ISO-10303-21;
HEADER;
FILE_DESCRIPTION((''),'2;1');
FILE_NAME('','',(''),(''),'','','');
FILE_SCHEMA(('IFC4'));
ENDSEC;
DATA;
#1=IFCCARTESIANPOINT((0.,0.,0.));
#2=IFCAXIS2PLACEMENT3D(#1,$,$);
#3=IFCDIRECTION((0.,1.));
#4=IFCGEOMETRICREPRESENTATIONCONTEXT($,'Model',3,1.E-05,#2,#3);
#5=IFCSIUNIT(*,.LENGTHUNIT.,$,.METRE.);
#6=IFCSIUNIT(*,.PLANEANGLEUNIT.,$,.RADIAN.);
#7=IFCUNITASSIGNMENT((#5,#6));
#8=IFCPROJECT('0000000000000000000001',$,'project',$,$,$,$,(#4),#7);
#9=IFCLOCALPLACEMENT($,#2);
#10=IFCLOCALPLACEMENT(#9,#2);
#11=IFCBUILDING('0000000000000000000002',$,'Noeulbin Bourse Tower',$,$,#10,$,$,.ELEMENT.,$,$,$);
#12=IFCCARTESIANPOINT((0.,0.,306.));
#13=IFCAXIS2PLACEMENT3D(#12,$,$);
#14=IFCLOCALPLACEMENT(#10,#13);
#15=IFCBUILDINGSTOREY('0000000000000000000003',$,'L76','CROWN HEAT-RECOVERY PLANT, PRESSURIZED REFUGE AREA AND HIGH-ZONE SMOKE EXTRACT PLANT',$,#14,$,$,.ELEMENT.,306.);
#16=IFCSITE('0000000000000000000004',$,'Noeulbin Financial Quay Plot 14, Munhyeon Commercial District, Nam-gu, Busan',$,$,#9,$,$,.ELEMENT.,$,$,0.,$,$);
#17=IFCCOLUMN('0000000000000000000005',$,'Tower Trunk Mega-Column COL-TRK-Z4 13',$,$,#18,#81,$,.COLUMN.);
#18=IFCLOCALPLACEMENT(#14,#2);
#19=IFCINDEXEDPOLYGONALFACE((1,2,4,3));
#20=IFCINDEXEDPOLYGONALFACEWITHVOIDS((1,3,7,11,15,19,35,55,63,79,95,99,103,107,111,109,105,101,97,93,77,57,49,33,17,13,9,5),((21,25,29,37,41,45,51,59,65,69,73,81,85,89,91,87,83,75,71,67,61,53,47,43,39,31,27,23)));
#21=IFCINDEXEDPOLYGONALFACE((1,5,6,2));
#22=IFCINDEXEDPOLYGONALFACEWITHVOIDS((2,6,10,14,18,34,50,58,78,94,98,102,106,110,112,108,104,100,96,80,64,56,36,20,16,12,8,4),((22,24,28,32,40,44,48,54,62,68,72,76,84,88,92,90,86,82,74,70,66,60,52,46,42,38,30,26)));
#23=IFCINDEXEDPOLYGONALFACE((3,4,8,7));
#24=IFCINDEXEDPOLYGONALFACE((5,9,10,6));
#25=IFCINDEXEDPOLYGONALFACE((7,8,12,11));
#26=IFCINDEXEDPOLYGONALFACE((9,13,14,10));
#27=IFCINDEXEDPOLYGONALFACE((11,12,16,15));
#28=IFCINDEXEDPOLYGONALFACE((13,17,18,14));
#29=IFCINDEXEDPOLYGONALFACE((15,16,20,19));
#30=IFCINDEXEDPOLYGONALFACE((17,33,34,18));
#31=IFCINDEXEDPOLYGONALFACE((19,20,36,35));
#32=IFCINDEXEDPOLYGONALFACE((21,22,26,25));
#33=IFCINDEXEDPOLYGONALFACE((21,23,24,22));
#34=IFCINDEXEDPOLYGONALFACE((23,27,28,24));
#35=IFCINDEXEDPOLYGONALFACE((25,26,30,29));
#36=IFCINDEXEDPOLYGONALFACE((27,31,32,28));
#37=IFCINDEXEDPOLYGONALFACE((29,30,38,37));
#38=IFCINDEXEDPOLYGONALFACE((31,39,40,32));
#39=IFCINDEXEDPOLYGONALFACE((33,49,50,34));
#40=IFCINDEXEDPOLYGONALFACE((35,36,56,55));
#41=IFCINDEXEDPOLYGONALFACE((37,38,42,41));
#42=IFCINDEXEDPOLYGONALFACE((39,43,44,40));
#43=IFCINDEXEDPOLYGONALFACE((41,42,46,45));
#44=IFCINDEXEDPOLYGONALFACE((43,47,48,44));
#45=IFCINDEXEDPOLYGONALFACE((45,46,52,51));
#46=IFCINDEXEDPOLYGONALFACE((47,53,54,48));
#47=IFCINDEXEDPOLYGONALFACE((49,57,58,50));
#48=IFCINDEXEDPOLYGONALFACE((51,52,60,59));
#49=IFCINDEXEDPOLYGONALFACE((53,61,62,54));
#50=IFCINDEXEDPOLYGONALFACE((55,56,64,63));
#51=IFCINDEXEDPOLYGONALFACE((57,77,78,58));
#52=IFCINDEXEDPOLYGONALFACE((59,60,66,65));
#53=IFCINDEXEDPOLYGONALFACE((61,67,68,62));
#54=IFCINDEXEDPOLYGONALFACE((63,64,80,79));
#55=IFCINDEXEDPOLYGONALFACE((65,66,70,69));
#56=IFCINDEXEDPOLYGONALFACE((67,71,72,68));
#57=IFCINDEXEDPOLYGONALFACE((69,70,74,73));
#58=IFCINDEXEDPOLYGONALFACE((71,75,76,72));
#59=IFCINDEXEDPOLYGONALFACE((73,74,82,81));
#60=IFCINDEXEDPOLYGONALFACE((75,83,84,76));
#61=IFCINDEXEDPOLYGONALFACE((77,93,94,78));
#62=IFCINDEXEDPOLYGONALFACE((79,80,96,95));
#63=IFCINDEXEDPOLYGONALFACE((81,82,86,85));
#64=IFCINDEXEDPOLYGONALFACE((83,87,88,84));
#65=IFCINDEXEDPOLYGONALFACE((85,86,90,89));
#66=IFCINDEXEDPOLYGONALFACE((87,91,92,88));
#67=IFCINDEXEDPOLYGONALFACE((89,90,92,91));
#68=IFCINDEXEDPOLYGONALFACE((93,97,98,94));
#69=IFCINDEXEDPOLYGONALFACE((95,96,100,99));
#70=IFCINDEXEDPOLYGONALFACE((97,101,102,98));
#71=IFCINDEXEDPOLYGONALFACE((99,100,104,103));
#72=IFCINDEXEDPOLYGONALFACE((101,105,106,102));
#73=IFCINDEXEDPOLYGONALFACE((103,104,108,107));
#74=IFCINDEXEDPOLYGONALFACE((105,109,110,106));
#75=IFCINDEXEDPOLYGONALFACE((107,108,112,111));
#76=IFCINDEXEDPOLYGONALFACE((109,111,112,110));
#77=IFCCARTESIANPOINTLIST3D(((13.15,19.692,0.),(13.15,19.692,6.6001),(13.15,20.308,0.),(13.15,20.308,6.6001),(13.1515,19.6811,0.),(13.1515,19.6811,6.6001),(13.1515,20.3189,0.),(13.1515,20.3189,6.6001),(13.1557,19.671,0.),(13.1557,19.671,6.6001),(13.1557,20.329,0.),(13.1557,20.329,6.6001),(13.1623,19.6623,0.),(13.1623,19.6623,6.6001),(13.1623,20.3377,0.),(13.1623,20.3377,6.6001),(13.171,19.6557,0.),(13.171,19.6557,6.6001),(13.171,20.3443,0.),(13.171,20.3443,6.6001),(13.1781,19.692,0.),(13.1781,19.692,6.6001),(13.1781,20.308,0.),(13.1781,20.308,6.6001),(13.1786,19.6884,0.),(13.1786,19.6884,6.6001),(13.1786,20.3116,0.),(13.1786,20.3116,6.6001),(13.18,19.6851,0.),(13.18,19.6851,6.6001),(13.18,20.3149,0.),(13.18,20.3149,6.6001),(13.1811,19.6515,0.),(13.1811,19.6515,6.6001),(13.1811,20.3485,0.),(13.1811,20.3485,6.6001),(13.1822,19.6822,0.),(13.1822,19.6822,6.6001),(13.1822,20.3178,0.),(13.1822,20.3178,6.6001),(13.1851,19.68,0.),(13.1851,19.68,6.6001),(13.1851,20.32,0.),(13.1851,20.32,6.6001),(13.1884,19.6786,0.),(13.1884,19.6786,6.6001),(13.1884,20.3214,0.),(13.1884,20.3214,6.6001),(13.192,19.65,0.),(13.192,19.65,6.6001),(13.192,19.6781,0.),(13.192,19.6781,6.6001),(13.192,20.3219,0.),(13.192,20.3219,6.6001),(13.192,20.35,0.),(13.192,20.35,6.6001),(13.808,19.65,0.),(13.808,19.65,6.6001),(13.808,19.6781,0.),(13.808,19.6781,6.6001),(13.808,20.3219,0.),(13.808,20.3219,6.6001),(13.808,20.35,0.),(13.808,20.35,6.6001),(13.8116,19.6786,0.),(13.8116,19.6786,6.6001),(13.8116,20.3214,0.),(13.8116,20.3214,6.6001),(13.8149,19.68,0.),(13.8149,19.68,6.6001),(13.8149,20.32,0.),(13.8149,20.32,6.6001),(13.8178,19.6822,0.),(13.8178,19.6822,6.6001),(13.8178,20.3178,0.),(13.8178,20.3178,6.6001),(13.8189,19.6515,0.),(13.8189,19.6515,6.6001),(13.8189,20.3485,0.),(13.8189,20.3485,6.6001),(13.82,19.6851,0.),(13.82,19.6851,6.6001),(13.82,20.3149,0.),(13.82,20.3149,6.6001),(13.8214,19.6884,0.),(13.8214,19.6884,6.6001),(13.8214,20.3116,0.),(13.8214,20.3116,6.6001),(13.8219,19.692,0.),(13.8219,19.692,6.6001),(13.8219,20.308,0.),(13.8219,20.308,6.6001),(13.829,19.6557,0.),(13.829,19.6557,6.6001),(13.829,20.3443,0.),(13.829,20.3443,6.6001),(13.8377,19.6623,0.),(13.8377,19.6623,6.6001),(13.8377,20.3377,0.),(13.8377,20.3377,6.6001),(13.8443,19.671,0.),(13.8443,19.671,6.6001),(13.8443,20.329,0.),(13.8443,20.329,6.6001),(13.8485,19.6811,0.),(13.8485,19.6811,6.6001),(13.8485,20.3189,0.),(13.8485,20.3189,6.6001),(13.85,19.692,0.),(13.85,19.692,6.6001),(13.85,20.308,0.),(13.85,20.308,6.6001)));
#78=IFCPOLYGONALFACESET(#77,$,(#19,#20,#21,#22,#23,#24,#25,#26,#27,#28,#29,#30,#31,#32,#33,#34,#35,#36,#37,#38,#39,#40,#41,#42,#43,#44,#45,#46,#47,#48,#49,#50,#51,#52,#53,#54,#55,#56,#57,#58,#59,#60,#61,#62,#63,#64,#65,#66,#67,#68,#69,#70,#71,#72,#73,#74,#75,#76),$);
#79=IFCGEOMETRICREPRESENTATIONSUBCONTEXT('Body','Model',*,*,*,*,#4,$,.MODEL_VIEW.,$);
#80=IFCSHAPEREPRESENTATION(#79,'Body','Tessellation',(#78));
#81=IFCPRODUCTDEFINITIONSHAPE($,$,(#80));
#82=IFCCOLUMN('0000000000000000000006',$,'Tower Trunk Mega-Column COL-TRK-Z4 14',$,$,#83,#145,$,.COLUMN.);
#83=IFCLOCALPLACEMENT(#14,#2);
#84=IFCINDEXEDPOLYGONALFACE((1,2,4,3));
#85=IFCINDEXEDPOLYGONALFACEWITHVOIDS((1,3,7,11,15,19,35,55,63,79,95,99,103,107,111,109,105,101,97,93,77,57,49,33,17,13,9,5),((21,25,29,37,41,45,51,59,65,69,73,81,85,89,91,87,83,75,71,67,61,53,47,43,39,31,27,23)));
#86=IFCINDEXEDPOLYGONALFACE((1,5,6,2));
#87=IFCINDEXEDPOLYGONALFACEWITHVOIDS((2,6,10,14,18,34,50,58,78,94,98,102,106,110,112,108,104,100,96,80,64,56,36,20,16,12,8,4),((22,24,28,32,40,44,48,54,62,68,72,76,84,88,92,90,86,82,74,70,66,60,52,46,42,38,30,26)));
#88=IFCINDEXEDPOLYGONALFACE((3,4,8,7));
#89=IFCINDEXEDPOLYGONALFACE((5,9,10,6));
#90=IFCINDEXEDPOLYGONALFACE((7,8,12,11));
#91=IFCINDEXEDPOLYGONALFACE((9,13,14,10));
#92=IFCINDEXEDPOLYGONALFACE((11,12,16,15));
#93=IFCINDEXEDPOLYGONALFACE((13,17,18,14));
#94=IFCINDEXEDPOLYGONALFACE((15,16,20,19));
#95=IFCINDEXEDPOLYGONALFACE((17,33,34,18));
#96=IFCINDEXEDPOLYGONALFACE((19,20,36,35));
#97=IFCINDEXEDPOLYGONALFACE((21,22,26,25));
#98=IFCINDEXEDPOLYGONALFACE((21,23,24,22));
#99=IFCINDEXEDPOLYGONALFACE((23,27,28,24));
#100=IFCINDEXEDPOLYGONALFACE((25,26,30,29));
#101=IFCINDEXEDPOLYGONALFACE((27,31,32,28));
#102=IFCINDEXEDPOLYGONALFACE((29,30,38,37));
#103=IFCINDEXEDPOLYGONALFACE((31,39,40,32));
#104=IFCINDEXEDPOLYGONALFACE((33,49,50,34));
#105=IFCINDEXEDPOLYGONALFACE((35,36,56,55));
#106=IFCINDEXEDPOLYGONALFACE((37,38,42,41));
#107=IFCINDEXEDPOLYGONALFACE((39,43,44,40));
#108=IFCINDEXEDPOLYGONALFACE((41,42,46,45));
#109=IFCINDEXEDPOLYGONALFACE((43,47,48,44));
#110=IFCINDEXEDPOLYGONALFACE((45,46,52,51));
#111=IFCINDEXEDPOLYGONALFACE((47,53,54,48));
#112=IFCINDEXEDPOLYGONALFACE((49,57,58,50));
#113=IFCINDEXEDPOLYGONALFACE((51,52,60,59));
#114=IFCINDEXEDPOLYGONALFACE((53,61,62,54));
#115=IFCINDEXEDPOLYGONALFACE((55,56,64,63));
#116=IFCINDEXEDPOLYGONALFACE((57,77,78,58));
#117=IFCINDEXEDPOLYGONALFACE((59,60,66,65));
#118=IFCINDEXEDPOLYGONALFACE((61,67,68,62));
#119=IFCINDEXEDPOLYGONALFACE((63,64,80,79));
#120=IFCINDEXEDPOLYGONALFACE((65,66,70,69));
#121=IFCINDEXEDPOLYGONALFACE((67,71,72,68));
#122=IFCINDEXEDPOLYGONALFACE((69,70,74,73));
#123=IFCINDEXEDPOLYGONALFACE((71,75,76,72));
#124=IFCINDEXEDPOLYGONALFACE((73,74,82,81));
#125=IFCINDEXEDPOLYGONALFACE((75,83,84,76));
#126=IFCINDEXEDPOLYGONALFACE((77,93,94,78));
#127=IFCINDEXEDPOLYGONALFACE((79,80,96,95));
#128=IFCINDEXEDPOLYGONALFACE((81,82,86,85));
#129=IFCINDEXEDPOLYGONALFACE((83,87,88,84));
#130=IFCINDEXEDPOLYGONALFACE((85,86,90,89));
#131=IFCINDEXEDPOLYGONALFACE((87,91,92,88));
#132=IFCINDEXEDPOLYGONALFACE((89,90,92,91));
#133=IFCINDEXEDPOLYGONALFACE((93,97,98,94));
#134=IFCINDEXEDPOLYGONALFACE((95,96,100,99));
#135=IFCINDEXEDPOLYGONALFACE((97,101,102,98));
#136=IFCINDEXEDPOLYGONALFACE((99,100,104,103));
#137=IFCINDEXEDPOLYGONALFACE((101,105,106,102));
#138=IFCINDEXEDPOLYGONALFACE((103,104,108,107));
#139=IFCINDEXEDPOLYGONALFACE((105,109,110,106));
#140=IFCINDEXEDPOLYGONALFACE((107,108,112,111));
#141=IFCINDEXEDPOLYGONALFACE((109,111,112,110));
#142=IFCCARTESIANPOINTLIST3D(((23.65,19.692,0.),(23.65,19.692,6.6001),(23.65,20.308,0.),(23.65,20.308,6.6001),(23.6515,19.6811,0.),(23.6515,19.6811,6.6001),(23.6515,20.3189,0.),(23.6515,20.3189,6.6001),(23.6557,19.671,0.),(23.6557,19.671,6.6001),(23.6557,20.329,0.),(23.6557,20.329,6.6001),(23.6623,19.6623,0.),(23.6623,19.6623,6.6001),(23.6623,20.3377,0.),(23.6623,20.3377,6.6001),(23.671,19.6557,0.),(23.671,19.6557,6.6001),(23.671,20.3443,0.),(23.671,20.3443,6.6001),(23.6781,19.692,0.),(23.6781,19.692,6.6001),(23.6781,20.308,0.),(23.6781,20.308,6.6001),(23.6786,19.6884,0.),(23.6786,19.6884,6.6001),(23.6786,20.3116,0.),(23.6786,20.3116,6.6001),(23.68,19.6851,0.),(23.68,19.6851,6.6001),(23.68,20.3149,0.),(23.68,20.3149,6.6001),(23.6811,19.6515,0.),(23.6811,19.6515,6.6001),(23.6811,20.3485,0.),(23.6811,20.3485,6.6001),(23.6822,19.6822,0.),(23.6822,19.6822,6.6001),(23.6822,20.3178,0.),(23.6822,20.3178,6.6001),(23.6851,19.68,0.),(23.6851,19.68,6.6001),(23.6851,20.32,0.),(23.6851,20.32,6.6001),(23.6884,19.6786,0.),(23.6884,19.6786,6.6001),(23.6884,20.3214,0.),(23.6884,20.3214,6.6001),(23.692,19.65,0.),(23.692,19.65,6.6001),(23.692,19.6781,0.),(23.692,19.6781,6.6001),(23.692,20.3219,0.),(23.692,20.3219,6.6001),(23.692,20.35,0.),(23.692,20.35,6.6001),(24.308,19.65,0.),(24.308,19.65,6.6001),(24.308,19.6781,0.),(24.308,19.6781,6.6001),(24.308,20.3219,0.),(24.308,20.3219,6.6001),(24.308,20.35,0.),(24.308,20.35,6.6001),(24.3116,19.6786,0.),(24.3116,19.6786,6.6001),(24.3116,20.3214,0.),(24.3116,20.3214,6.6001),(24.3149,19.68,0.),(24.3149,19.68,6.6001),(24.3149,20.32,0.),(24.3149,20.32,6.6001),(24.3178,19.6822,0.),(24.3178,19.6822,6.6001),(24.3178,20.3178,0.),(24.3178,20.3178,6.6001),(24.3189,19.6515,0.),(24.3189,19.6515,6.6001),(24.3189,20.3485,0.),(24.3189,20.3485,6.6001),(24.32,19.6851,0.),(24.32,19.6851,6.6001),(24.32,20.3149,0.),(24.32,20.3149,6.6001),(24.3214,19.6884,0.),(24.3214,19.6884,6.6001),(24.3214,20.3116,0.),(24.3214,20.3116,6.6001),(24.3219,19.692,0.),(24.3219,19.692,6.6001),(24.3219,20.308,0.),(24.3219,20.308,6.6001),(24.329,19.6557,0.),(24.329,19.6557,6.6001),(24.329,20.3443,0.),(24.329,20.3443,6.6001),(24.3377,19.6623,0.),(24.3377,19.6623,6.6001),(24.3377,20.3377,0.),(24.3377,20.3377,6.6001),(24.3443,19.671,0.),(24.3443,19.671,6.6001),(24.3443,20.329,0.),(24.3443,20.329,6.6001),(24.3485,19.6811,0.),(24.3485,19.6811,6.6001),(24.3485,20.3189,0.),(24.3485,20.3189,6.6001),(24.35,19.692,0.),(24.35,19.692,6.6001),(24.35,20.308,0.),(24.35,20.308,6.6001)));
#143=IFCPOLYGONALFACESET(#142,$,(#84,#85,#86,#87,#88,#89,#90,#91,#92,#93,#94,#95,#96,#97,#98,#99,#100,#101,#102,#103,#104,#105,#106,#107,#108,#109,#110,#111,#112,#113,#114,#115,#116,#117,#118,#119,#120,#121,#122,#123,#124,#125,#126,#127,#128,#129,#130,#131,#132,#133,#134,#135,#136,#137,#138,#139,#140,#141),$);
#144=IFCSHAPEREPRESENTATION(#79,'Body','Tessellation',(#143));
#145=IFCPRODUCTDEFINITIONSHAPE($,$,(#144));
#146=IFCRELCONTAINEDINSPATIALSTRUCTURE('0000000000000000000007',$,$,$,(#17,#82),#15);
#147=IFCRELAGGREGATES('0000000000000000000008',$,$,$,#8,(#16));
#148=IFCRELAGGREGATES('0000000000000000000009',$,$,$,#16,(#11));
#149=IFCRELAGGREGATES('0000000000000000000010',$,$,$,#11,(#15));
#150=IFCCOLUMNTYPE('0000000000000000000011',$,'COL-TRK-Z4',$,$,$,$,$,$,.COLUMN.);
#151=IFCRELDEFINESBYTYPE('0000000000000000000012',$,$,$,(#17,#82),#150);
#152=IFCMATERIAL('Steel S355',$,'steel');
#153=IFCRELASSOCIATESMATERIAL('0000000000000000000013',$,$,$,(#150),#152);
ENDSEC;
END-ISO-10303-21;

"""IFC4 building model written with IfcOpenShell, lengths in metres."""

from ifc_helpers import new_model, si_unit, direction, frame, origin, origin_2d, place, context, subcontext, project, spatial, hollow_rectangle, extrude, material, material_profile, profile_set, type_object, element, save


model = new_model("IFC4")

# Units and contexts
model_context = context("Model", 3, precision=1e-05, world=origin(), true_north=direction((0.0, 1.0)))
body_context = subcontext(model_context, "Body", "Model", "MODEL_VIEW")
ifc_project = project(units=[si_unit("LENGTHUNIT", "METRE"), si_unit("PLANEANGLEUNIT", "RADIAN")], contexts=[model_context])

# Site, building, storey
site_placement = place(None, origin())
site = spatial("IfcSite", under=ifc_project, at=site_placement, Name="Noeulbin Financial Quay Plot 14, Munhyeon Commercial District, Nam-gu, Busan", CompositionType="ELEMENT", RefElevation=0.0)
building_placement = place(site_placement, origin())
building = spatial("IfcBuilding", under=site, at=building_placement, Name="Noeulbin Bourse Tower", CompositionType="ELEMENT")
storey_placement = place(building_placement, frame((0.0, 0.0, 306.0)))
storey = spatial("IfcBuildingStorey", under=building, at=storey_placement, Name="L76", Description="CROWN HEAT-RECOVERY PLANT, PRESSURIZED REFUGE AREA AND HIGH-ZONE SMOKE EXTRACT PLANT", CompositionType="ELEMENT", Elevation=306.0)

# Columns
ifc_material_1 = material(Name="Steel S355", Category="steel")
ifc_material_profile_1 = material_profile(ifc_material_1, hollow_rectangle(XDim=0.7, YDim=0.7, WallThickness=0.0281, InnerFilletRadius=0.0139, OuterFilletRadius=0.042, at=origin_2d()), Name="BOX-700x700x28", Category="LoadBearing")
ifc_profile_set_1 = profile_set([ifc_material_profile_1], Name="Steel S355")
column_type = type_object("IfcColumnType", Name="COL-TRK-Z4", PredefinedType="COLUMN", material=ifc_profile_set_1)
for number, where, z_axis, x_axis, name in (
    (1, (13.5, 20.0, 0.0), (0.0, 0.0, 1.0), (1.0, 0.0, 0.0), "Tower Trunk Mega-Column COL-TRK-Z4 13"),
    (2, (24.0, 20.0, 0.0), (0.0, 0.0, 1.0), (1.0, 0.0, 0.0), "Tower Trunk Mega-Column COL-TRK-Z4 14"),
):
    element("IfcColumn", number, at=place(storey_placement, frame(where, z_axis=z_axis, x_axis=x_axis)), inside=storey, type_object=column_type, Name=name, PredefinedType="COLUMN", context=body_context, shape_type="SweptSolid", body=[
        extrude(hollow_rectangle(XDim=0.7, YDim=0.7, WallThickness=0.0281, InnerFilletRadius=0.0139, OuterFilletRadius=0.042, at=origin_2d()), origin(), (0.0, 0.0, 1.0), 6.6001),
    ])

save(model, "model.ifc")
